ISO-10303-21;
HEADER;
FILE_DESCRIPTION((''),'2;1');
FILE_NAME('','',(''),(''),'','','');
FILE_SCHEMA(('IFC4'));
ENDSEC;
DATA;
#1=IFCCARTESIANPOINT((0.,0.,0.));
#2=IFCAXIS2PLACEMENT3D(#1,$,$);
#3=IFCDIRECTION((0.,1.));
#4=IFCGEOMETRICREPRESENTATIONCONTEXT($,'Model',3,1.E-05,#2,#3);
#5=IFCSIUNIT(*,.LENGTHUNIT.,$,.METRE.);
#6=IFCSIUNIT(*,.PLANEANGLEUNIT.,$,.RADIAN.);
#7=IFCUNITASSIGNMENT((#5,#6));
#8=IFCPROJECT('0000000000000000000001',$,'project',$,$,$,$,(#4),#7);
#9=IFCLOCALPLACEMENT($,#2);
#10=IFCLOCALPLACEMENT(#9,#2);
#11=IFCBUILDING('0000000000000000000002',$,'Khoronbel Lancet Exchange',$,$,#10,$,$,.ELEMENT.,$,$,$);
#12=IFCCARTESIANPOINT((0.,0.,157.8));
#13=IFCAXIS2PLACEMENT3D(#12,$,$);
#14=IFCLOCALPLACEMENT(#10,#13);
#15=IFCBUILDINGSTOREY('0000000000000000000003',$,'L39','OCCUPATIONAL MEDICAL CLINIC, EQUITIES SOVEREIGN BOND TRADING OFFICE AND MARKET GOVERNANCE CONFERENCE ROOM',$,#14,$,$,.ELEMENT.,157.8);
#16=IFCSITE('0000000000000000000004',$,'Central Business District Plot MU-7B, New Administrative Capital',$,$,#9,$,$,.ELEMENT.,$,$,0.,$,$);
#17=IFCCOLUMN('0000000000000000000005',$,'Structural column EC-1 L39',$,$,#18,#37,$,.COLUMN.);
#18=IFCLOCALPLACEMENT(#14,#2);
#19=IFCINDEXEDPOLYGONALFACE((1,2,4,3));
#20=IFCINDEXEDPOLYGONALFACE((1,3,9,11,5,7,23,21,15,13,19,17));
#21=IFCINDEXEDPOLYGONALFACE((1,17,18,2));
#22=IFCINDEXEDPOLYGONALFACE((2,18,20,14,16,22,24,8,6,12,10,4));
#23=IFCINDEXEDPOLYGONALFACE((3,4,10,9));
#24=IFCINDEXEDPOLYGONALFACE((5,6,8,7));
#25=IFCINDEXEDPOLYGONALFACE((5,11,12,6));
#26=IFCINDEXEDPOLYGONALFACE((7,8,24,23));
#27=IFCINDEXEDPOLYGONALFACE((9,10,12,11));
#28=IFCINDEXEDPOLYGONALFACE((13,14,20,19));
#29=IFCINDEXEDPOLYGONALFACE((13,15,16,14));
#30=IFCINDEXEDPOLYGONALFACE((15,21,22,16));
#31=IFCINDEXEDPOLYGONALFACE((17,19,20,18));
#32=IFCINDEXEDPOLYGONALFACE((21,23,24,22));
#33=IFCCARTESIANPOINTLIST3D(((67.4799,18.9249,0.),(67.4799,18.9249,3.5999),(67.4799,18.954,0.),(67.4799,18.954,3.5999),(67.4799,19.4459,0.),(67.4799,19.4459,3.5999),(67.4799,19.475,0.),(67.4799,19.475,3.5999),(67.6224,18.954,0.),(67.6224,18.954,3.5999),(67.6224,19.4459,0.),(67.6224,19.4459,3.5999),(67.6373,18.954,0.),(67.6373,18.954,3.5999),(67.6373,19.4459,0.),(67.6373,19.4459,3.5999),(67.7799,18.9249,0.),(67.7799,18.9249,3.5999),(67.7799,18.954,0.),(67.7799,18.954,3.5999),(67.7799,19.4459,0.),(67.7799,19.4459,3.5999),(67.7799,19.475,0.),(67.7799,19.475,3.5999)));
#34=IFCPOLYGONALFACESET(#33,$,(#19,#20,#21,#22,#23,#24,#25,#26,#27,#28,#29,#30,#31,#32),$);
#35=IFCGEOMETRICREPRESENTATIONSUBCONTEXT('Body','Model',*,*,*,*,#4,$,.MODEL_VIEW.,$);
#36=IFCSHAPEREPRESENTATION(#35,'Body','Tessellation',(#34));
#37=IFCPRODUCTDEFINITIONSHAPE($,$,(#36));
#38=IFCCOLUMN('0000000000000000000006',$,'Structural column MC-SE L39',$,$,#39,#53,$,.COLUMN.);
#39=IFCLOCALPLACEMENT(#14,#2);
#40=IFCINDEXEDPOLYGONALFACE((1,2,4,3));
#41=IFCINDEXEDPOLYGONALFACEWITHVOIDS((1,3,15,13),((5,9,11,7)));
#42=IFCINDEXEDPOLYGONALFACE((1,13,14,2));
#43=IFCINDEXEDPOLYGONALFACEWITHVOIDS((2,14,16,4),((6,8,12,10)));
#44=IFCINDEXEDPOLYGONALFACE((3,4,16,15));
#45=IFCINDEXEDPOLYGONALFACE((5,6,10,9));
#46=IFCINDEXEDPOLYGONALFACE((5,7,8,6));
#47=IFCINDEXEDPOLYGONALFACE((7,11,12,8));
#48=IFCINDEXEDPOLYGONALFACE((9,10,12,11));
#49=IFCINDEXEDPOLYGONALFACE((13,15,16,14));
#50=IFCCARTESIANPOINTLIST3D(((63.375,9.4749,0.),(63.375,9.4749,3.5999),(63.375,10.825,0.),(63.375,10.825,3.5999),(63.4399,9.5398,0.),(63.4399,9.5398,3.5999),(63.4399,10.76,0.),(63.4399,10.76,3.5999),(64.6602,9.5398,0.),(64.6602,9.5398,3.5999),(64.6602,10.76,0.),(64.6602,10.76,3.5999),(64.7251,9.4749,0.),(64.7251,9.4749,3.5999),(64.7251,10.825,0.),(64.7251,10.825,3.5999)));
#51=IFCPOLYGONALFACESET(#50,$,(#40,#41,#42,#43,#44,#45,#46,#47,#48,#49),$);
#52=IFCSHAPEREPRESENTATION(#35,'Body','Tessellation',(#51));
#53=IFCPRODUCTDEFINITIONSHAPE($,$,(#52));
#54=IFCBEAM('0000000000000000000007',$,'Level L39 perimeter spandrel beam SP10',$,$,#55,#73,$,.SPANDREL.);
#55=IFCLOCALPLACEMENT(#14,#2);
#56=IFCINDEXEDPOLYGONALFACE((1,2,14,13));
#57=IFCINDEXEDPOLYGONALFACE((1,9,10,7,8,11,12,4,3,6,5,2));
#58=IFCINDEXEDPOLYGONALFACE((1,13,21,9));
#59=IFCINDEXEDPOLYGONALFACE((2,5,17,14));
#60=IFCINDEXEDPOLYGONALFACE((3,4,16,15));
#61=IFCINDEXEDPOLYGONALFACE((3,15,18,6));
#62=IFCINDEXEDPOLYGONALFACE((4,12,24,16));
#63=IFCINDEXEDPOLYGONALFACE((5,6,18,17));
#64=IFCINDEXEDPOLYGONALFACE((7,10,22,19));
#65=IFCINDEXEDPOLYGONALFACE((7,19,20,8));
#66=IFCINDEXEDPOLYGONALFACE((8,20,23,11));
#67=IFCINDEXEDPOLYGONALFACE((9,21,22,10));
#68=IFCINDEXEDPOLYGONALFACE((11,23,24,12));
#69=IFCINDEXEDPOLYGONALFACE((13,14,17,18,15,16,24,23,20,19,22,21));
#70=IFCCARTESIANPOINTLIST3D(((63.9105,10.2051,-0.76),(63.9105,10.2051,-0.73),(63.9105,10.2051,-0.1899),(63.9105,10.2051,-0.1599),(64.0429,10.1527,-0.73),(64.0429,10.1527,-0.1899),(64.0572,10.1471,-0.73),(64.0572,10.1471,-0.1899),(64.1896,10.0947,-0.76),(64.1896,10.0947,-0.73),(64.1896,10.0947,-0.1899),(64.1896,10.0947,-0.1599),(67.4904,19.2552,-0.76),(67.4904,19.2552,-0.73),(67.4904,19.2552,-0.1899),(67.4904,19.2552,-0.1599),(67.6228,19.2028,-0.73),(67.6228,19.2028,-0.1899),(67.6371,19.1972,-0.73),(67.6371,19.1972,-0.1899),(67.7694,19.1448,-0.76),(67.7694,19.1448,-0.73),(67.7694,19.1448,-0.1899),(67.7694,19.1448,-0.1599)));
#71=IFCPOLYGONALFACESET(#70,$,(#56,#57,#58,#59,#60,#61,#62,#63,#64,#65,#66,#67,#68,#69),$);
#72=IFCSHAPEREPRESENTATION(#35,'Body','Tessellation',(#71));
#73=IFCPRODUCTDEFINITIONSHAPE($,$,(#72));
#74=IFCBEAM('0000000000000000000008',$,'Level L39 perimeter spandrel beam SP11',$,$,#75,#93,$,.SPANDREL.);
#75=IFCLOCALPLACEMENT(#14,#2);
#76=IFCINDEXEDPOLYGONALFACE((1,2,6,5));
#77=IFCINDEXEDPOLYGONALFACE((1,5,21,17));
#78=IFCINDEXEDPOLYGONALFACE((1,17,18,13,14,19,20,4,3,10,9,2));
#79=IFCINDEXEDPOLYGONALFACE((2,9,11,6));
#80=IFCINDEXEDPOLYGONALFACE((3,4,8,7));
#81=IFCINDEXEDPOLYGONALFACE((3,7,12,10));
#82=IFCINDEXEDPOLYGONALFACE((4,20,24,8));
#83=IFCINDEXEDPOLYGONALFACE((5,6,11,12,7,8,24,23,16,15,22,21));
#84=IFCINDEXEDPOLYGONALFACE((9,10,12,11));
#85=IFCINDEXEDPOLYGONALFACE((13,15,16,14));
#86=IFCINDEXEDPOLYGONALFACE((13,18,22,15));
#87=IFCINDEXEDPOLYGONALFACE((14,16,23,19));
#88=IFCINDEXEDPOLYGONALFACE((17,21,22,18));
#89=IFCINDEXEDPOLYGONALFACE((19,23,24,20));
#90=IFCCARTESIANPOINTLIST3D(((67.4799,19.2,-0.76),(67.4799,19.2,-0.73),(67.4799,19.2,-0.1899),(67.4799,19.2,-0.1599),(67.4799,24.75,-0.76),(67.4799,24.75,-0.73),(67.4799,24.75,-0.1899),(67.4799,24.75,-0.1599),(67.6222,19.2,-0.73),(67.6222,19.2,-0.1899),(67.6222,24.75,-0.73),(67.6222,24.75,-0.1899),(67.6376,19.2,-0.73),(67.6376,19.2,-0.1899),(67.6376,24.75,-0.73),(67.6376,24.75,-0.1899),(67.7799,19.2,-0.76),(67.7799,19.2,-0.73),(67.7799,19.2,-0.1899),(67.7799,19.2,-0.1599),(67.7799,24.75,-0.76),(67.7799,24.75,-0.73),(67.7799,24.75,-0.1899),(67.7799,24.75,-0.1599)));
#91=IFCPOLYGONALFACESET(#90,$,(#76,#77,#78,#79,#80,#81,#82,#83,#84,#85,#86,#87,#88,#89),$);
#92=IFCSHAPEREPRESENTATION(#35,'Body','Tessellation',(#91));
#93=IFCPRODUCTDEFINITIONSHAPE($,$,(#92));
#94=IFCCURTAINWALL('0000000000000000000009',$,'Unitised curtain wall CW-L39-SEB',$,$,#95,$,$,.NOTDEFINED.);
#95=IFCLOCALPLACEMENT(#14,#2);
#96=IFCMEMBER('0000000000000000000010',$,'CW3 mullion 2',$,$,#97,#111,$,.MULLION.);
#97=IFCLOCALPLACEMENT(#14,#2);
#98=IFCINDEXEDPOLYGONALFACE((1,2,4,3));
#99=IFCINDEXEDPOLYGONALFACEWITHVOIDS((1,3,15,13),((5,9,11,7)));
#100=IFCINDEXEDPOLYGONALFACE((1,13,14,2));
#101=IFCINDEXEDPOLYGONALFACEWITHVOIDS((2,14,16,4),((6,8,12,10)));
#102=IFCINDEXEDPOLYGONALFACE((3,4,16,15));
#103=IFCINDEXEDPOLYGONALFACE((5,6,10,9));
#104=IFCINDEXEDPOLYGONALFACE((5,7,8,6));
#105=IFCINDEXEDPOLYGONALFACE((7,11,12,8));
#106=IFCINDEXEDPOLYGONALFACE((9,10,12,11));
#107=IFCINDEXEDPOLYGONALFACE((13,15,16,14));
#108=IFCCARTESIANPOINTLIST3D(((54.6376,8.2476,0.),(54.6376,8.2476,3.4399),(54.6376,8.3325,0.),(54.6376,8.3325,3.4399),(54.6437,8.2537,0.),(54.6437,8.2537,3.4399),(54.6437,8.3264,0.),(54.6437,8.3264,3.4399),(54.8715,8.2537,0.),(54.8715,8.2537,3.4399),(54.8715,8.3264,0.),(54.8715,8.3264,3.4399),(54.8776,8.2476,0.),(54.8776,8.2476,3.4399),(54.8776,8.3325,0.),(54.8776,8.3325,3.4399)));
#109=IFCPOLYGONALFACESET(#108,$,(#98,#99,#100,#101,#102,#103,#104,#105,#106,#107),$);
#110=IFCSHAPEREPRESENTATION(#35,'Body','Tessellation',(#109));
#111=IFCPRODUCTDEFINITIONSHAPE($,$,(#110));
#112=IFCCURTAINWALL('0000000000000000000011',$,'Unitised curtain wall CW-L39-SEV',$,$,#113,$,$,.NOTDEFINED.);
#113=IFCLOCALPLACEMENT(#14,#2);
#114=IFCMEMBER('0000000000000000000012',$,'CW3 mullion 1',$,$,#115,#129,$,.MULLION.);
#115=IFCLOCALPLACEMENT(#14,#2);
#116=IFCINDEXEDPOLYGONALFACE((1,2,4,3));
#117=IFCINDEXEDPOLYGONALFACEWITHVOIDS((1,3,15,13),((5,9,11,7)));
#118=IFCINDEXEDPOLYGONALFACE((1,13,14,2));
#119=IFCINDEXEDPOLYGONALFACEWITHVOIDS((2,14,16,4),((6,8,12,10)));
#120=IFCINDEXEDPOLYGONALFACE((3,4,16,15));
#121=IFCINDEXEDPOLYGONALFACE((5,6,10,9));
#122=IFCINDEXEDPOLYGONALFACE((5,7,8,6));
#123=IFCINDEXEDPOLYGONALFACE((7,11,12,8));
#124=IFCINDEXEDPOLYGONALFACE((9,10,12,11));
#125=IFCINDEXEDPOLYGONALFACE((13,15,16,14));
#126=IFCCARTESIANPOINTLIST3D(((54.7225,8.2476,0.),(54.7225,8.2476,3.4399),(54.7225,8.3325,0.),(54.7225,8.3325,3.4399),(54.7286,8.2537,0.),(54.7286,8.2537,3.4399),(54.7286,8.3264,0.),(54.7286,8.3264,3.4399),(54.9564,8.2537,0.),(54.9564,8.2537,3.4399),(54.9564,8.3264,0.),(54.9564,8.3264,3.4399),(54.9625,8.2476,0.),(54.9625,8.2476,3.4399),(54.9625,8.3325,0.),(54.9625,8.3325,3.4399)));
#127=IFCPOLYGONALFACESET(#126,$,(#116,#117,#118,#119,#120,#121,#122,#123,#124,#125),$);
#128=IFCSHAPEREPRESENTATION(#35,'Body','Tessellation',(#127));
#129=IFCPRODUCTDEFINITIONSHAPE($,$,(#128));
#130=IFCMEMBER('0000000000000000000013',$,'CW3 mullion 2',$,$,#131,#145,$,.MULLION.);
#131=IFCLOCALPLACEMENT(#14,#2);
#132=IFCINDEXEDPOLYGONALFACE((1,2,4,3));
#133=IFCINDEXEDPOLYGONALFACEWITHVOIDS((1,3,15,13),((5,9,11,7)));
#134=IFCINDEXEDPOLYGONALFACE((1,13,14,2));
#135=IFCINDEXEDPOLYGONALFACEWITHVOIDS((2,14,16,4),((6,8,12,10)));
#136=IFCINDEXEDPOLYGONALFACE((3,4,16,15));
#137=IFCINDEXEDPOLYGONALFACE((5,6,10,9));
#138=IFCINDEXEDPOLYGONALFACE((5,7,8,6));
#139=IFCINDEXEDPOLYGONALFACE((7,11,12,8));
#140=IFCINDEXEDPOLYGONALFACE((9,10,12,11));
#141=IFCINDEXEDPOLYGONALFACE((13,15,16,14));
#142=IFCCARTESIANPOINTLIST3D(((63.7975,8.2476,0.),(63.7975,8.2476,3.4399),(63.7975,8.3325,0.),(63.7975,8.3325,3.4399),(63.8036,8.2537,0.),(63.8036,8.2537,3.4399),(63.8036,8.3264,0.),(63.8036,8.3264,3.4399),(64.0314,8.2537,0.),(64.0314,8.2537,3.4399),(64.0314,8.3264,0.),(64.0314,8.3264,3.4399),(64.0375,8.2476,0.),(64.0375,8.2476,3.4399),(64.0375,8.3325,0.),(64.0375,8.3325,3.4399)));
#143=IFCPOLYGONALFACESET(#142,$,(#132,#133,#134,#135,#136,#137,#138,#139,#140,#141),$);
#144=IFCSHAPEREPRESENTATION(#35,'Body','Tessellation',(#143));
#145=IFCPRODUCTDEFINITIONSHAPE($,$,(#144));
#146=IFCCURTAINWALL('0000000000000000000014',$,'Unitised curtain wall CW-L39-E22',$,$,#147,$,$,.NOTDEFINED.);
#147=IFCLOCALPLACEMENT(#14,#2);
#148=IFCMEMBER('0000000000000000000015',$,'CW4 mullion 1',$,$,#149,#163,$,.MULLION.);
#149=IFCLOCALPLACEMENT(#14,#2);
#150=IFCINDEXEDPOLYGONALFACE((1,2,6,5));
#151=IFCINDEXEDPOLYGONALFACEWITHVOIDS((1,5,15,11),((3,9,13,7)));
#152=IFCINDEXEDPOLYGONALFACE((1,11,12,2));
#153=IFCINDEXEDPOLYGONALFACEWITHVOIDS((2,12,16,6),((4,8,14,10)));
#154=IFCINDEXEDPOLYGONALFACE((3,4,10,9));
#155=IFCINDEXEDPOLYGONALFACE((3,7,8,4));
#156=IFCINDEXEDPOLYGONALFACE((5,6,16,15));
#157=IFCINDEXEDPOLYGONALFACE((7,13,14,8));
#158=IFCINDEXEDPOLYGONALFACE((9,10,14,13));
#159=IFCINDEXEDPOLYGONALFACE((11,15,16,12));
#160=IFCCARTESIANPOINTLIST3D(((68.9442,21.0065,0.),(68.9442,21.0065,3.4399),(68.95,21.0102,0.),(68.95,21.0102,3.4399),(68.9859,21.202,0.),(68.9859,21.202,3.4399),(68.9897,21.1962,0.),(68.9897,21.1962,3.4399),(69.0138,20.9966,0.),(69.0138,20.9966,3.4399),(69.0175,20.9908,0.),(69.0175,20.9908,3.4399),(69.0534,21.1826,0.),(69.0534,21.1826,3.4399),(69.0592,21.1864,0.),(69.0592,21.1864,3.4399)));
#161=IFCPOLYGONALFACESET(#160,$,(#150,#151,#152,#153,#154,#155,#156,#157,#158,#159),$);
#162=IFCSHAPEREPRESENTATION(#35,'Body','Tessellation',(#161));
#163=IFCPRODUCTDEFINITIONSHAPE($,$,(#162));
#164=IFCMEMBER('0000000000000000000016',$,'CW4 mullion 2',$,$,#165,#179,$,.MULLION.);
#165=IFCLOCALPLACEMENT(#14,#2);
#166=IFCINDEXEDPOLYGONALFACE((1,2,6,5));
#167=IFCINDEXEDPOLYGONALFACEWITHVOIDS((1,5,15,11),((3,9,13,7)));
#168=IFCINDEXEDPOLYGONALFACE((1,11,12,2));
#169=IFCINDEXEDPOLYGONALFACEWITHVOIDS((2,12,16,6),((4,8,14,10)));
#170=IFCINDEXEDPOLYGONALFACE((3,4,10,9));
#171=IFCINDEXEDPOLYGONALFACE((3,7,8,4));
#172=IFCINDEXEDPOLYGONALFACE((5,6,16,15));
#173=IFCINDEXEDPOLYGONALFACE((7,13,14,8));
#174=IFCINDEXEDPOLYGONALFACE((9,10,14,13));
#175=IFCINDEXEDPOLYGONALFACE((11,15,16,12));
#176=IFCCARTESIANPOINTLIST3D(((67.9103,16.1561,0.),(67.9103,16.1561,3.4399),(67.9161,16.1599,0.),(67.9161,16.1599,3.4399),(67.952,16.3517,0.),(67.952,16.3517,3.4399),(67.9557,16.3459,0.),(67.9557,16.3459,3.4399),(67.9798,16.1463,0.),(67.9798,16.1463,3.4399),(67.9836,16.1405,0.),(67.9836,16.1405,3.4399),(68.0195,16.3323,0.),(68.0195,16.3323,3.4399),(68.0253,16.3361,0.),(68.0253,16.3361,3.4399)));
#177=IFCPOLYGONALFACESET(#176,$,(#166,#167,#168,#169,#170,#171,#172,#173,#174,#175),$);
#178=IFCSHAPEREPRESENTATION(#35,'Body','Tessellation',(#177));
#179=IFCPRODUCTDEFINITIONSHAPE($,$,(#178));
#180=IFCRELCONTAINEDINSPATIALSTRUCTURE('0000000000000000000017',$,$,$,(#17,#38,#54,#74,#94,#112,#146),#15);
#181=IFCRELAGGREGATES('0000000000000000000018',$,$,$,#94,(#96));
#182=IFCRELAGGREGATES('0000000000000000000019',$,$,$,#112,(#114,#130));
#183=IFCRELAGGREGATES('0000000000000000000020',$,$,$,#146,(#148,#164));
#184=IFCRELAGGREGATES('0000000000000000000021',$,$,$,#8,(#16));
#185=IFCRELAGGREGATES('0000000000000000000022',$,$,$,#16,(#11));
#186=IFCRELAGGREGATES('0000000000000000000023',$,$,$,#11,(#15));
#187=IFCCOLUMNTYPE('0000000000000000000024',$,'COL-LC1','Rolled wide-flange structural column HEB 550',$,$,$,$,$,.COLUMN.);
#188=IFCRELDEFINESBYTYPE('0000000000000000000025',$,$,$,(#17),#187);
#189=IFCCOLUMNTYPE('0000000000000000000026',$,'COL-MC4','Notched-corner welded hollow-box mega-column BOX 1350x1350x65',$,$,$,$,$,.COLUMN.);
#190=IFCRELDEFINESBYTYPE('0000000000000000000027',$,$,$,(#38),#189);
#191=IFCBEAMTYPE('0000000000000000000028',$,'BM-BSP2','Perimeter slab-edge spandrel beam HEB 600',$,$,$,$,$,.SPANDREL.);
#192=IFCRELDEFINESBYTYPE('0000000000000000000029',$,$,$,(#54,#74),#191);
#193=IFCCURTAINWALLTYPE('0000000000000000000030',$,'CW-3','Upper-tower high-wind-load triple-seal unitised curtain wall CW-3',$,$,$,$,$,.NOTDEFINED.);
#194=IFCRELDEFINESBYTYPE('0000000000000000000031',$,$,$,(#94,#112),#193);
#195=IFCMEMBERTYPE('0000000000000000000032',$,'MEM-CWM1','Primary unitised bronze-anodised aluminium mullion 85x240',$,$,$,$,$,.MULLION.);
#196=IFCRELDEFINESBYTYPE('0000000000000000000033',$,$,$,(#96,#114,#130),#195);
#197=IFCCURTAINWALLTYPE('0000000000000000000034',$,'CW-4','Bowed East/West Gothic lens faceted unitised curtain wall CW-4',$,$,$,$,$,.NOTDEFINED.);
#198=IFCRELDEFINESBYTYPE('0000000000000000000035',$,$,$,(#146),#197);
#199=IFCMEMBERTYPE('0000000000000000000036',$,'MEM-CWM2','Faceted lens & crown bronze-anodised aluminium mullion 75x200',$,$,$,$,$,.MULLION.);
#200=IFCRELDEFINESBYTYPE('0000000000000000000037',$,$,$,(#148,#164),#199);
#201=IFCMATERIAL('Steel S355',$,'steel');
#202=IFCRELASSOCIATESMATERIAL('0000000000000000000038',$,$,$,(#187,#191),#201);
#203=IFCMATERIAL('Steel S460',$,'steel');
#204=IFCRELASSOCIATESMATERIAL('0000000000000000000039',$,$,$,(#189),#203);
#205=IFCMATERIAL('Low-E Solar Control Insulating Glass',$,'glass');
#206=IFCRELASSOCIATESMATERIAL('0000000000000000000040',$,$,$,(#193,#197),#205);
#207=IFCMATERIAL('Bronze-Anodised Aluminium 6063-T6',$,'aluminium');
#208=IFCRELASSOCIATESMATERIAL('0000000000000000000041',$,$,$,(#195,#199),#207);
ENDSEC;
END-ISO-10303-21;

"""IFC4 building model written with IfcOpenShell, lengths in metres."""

from ifc_helpers import new_model, si_unit, direction, frame, origin, origin_2d, place, context, subcontext, project, spatial, hollow_rectangle, i_section, extrude, material, material_profile, profile_set, type_object, element, aggregate, save


model = new_model("IFC4")

# Units and contexts
model_context = context("Model", 3, precision=1e-05, world=origin(), true_north=direction((0.0, 1.0)))
body_context = subcontext(model_context, "Body", "Model", "MODEL_VIEW")
ifc_project = project(units=[si_unit("LENGTHUNIT", "METRE"), si_unit("PLANEANGLEUNIT", "RADIAN")], contexts=[model_context])

# Site, building, storey
site_placement = place(None, origin())
site = spatial("IfcSite", under=ifc_project, at=site_placement, Name="Central Business District Plot MU-7B, New Administrative Capital", CompositionType="ELEMENT", RefElevation=0.0)
building_placement = place(site_placement, origin())
building = spatial("IfcBuilding", under=site, at=building_placement, Name="Khoronbel Lancet Exchange", CompositionType="ELEMENT")
storey_placement = place(building_placement, frame((0.0, 0.0, 157.8)))
storey = spatial("IfcBuildingStorey", under=building, at=storey_placement, Name="L39", Description="OCCUPATIONAL MEDICAL CLINIC, EQUITIES SOVEREIGN BOND TRADING OFFICE AND MARKET GOVERNANCE CONFERENCE ROOM", CompositionType="ELEMENT", Elevation=157.8)

# Columns
ifc_material_1 = material(Name="Steel S355", Category="steel")
ifc_material_profile_1 = material_profile(ifc_material_1, i_section(OverallWidth=0.3, OverallDepth=0.55, WebThickness=0.0149, FlangeThickness=0.0291, at=origin_2d()), Name="HEB 550")
ifc_profile_set_1 = profile_set([ifc_material_profile_1], Name="Steel S355")
column_type_1 = type_object("IfcColumnType", Name="COL-LC1", Description="Rolled wide-flange structural column HEB 550", PredefinedType="COLUMN", material=ifc_profile_set_1)
column_1_placement = place(storey_placement, frame((67.6299, 19.2, 0.0), z_axis=(0.0, 0.0, 1.0), x_axis=(1.0, 0.0, 0.0)))
element("IfcColumn", 1, at=column_1_placement, inside=storey, type_object=column_type_1, Name="Structural column EC-1 L39", PredefinedType="COLUMN", context=body_context, shape_type="SweptSolid", body=[
    extrude(i_section(OverallWidth=0.3, OverallDepth=0.55, WebThickness=0.0149, FlangeThickness=0.0291, at=origin_2d()), origin(), (0.0, 0.0, 1.0), 3.5999),
])
ifc_material_2 = material(Name="Steel S460", Category="steel")
ifc_material_profile_2 = material_profile(ifc_material_2, hollow_rectangle(XDim=1.3501, YDim=1.3501, WallThickness=0.0649, at=origin_2d()), Name="BOX 1350x1350x65")
ifc_profile_set_2 = profile_set([ifc_material_profile_2], Name="Steel S460")
column_type_2 = type_object("IfcColumnType", Name="COL-MC4", Description="Notched-corner welded hollow-box mega-column BOX 1350x1350x65", PredefinedType="COLUMN", material=ifc_profile_set_2)
column_2_placement = place(storey_placement, frame((64.05, 10.1499, 0.0), z_axis=(0.0, 0.0, 1.0), x_axis=(1.0, 0.0, 0.0)))
element("IfcColumn", 2, at=column_2_placement, inside=storey, type_object=column_type_2, Name="Structural column MC-SE L39", PredefinedType="COLUMN", context=body_context, shape_type="SweptSolid", body=[
    extrude(hollow_rectangle(XDim=1.3501, YDim=1.3501, WallThickness=0.0649, at=origin_2d()), origin(), (0.0, 0.0, 1.0), 3.5999),
])

# Beams
ifc_material_profile_3 = material_profile(ifc_material_1, i_section(OverallWidth=0.3, OverallDepth=0.6001, WebThickness=0.0154, FlangeThickness=0.03, at=origin_2d()), Name="HEB 600")
ifc_profile_set_3 = profile_set([ifc_material_profile_3], Name="Steel S355")
beam_type = type_object("IfcBeamType", Name="BM-BSP2", Description="Perimeter slab-edge spandrel beam HEB 600", PredefinedType="SPANDREL", material=ifc_profile_set_3)
beam_1_placement = place(storey_placement, frame((64.05, 10.1499, -0.46), z_axis=(0.367828, 0.929894, 0.0), x_axis=(-0.929894, 0.367828, 0.0)))
element("IfcBeam", 3, at=beam_1_placement, inside=storey, type_object=beam_type, Name="Level L39 perimeter spandrel beam SP10", PredefinedType="SPANDREL", context=body_context, shape_type="SweptSolid", body=[
    extrude(i_section(OverallWidth=0.3, OverallDepth=0.6001, WebThickness=0.0154, FlangeThickness=0.03, at=origin_2d()), origin(), (0.0, 0.0, 1.0), 9.7324),
])
beam_2_placement = place(storey_placement, frame((67.6299, 19.2, -0.46), z_axis=(0.0, 1.0, 0.0), x_axis=(-1.0, 0.0, 0.0)))
element("IfcBeam", 4, at=beam_2_placement, inside=storey, type_object=beam_type, Name="Level L39 perimeter spandrel beam SP11", PredefinedType="SPANDREL", context=body_context, shape_type="SweptSolid", body=[
    extrude(i_section(OverallWidth=0.3, OverallDepth=0.6001, WebThickness=0.0154, FlangeThickness=0.03, at=origin_2d()), origin(), (0.0, 0.0, 1.0), 5.55),
])

# Curtain wall, member
ifc_material_3 = material(Name="Low-E Solar Control Insulating Glass", Category="glass")
curtain_wall_type_1 = type_object("IfcCurtainWallType", Name="CW-3", Description="Upper-tower high-wind-load triple-seal unitised curtain wall CW-3", PredefinedType="NOTDEFINED", material=ifc_material_3)
curtain_wall_1_placement = place(storey_placement, origin())
curtain_wall_1 = element("IfcCurtainWall", 5, at=curtain_wall_1_placement, inside=storey, type_object=curtain_wall_type_1, Name="Unitised curtain wall CW-L39-SEB", PredefinedType="NOTDEFINED")
ifc_material_4 = material(Name="Bronze-Anodised Aluminium 6063-T6", Category="aluminium")
ifc_material_profile_4 = material_profile(ifc_material_4, hollow_rectangle(XDim=0.085, YDim=0.24, WallThickness=0.0061, at=origin_2d()), Name="ALU MULLION 85x240")
ifc_profile_set_4 = profile_set([ifc_material_profile_4], Name="Bronze-Anodised Aluminium 6063-T6")
member_type_1 = type_object("IfcMemberType", Name="MEM-CWM1", Description="Primary unitised bronze-anodised aluminium mullion 85x240", PredefinedType="MULLION", material=ifc_profile_set_4)
member_1_placement = place(storey_placement, frame((54.7576, 8.29, 0.0), z_axis=(0.0, 0.0, 1.0), x_axis=(0.0, 1.0, 0.0)))
member_1 = element("IfcMember", 6, at=member_1_placement, type_object=member_type_1, Name="CW3 mullion 2", PredefinedType="MULLION", context=body_context, shape_type="SweptSolid", body=[
    extrude(hollow_rectangle(XDim=0.085, YDim=0.24, WallThickness=0.0061, at=origin_2d()), origin(), (0.0, 0.0, 1.0), 3.4399),
])
aggregate(curtain_wall_1, [member_1])

# Curtain walls, members
curtain_wall_2_placement = place(storey_placement, origin())
curtain_wall_2 = element("IfcCurtainWall", 7, at=curtain_wall_2_placement, inside=storey, type_object=curtain_wall_type_1, Name="Unitised curtain wall CW-L39-SEV", PredefinedType="NOTDEFINED")
member_2_placement = place(storey_placement, frame((54.8425, 8.29, 0.0), z_axis=(0.0, 0.0, 1.0), x_axis=(0.0, 1.0, 0.0)))
member_2 = element("IfcMember", 8, at=member_2_placement, type_object=member_type_1, Name="CW3 mullion 1", PredefinedType="MULLION", context=body_context, shape_type="SweptSolid", body=[
    extrude(hollow_rectangle(XDim=0.085, YDim=0.24, WallThickness=0.0061, at=origin_2d()), origin(), (0.0, 0.0, 1.0), 3.4399),
])
member_3_placement = place(storey_placement, frame((63.9175, 8.29, 0.0), z_axis=(0.0, 0.0, 1.0), x_axis=(0.0, 1.0, 0.0)))
member_3 = element("IfcMember", 9, at=member_3_placement, type_object=member_type_1, Name="CW3 mullion 2", PredefinedType="MULLION", context=body_context, shape_type="SweptSolid", body=[
    extrude(hollow_rectangle(XDim=0.085, YDim=0.24, WallThickness=0.0061, at=origin_2d()), origin(), (0.0, 0.0, 1.0), 3.4399),
])
curtain_wall_type_2 = type_object("IfcCurtainWallType", Name="CW-4", Description="Bowed East/West Gothic lens faceted unitised curtain wall CW-4", PredefinedType="NOTDEFINED", material=ifc_material_3)
curtain_wall_3_placement = place(storey_placement, origin())
curtain_wall_3 = element("IfcCurtainWall", 10, at=curtain_wall_3_placement, inside=storey, type_object=curtain_wall_type_2, Name="Unitised curtain wall CW-L39-E22", PredefinedType="NOTDEFINED")
ifc_material_profile_5 = material_profile(ifc_material_4, hollow_rectangle(XDim=0.075, YDim=0.2, WallThickness=0.0049, at=origin_2d()), Name="ALU MULLION 75x200")
ifc_profile_set_5 = profile_set([ifc_material_profile_5], Name="Bronze-Anodised Aluminium 6063-T6")
member_type_2 = type_object("IfcMemberType", Name="MEM-CWM2", Description="Faceted lens & crown bronze-anodised aluminium mullion 75x200", PredefinedType="MULLION", material=ifc_profile_set_5)
member_4_placement = place(storey_placement, frame((69.0017, 21.0964, 0.0), z_axis=(0.0, 0.0, 1.0), x_axis=(0.978023, -0.208497, 0.0)))
member_4 = element("IfcMember", 11, at=member_4_placement, type_object=member_type_2, Name="CW4 mullion 1", PredefinedType="MULLION", context=body_context, shape_type="SweptSolid", body=[
    extrude(hollow_rectangle(XDim=0.075, YDim=0.2, WallThickness=0.0049, at=origin_2d()), origin(), (0.0, 0.0, 1.0), 3.4399),
])
member_5_placement = place(storey_placement, frame((67.9678, 16.2461, 0.0), z_axis=(0.0, 0.0, 1.0), x_axis=(0.978023, -0.208497, 0.0)))
member_5 = element("IfcMember", 12, at=member_5_placement, type_object=member_type_2, Name="CW4 mullion 2", PredefinedType="MULLION", context=body_context, shape_type="SweptSolid", body=[
    extrude(hollow_rectangle(XDim=0.075, YDim=0.2, WallThickness=0.0049, at=origin_2d()), origin(), (0.0, 0.0, 1.0), 3.4399),
])

aggregate(curtain_wall_2, [member_2, member_3])
aggregate(curtain_wall_3, [member_4, member_5])

save(model, "model.ifc")
